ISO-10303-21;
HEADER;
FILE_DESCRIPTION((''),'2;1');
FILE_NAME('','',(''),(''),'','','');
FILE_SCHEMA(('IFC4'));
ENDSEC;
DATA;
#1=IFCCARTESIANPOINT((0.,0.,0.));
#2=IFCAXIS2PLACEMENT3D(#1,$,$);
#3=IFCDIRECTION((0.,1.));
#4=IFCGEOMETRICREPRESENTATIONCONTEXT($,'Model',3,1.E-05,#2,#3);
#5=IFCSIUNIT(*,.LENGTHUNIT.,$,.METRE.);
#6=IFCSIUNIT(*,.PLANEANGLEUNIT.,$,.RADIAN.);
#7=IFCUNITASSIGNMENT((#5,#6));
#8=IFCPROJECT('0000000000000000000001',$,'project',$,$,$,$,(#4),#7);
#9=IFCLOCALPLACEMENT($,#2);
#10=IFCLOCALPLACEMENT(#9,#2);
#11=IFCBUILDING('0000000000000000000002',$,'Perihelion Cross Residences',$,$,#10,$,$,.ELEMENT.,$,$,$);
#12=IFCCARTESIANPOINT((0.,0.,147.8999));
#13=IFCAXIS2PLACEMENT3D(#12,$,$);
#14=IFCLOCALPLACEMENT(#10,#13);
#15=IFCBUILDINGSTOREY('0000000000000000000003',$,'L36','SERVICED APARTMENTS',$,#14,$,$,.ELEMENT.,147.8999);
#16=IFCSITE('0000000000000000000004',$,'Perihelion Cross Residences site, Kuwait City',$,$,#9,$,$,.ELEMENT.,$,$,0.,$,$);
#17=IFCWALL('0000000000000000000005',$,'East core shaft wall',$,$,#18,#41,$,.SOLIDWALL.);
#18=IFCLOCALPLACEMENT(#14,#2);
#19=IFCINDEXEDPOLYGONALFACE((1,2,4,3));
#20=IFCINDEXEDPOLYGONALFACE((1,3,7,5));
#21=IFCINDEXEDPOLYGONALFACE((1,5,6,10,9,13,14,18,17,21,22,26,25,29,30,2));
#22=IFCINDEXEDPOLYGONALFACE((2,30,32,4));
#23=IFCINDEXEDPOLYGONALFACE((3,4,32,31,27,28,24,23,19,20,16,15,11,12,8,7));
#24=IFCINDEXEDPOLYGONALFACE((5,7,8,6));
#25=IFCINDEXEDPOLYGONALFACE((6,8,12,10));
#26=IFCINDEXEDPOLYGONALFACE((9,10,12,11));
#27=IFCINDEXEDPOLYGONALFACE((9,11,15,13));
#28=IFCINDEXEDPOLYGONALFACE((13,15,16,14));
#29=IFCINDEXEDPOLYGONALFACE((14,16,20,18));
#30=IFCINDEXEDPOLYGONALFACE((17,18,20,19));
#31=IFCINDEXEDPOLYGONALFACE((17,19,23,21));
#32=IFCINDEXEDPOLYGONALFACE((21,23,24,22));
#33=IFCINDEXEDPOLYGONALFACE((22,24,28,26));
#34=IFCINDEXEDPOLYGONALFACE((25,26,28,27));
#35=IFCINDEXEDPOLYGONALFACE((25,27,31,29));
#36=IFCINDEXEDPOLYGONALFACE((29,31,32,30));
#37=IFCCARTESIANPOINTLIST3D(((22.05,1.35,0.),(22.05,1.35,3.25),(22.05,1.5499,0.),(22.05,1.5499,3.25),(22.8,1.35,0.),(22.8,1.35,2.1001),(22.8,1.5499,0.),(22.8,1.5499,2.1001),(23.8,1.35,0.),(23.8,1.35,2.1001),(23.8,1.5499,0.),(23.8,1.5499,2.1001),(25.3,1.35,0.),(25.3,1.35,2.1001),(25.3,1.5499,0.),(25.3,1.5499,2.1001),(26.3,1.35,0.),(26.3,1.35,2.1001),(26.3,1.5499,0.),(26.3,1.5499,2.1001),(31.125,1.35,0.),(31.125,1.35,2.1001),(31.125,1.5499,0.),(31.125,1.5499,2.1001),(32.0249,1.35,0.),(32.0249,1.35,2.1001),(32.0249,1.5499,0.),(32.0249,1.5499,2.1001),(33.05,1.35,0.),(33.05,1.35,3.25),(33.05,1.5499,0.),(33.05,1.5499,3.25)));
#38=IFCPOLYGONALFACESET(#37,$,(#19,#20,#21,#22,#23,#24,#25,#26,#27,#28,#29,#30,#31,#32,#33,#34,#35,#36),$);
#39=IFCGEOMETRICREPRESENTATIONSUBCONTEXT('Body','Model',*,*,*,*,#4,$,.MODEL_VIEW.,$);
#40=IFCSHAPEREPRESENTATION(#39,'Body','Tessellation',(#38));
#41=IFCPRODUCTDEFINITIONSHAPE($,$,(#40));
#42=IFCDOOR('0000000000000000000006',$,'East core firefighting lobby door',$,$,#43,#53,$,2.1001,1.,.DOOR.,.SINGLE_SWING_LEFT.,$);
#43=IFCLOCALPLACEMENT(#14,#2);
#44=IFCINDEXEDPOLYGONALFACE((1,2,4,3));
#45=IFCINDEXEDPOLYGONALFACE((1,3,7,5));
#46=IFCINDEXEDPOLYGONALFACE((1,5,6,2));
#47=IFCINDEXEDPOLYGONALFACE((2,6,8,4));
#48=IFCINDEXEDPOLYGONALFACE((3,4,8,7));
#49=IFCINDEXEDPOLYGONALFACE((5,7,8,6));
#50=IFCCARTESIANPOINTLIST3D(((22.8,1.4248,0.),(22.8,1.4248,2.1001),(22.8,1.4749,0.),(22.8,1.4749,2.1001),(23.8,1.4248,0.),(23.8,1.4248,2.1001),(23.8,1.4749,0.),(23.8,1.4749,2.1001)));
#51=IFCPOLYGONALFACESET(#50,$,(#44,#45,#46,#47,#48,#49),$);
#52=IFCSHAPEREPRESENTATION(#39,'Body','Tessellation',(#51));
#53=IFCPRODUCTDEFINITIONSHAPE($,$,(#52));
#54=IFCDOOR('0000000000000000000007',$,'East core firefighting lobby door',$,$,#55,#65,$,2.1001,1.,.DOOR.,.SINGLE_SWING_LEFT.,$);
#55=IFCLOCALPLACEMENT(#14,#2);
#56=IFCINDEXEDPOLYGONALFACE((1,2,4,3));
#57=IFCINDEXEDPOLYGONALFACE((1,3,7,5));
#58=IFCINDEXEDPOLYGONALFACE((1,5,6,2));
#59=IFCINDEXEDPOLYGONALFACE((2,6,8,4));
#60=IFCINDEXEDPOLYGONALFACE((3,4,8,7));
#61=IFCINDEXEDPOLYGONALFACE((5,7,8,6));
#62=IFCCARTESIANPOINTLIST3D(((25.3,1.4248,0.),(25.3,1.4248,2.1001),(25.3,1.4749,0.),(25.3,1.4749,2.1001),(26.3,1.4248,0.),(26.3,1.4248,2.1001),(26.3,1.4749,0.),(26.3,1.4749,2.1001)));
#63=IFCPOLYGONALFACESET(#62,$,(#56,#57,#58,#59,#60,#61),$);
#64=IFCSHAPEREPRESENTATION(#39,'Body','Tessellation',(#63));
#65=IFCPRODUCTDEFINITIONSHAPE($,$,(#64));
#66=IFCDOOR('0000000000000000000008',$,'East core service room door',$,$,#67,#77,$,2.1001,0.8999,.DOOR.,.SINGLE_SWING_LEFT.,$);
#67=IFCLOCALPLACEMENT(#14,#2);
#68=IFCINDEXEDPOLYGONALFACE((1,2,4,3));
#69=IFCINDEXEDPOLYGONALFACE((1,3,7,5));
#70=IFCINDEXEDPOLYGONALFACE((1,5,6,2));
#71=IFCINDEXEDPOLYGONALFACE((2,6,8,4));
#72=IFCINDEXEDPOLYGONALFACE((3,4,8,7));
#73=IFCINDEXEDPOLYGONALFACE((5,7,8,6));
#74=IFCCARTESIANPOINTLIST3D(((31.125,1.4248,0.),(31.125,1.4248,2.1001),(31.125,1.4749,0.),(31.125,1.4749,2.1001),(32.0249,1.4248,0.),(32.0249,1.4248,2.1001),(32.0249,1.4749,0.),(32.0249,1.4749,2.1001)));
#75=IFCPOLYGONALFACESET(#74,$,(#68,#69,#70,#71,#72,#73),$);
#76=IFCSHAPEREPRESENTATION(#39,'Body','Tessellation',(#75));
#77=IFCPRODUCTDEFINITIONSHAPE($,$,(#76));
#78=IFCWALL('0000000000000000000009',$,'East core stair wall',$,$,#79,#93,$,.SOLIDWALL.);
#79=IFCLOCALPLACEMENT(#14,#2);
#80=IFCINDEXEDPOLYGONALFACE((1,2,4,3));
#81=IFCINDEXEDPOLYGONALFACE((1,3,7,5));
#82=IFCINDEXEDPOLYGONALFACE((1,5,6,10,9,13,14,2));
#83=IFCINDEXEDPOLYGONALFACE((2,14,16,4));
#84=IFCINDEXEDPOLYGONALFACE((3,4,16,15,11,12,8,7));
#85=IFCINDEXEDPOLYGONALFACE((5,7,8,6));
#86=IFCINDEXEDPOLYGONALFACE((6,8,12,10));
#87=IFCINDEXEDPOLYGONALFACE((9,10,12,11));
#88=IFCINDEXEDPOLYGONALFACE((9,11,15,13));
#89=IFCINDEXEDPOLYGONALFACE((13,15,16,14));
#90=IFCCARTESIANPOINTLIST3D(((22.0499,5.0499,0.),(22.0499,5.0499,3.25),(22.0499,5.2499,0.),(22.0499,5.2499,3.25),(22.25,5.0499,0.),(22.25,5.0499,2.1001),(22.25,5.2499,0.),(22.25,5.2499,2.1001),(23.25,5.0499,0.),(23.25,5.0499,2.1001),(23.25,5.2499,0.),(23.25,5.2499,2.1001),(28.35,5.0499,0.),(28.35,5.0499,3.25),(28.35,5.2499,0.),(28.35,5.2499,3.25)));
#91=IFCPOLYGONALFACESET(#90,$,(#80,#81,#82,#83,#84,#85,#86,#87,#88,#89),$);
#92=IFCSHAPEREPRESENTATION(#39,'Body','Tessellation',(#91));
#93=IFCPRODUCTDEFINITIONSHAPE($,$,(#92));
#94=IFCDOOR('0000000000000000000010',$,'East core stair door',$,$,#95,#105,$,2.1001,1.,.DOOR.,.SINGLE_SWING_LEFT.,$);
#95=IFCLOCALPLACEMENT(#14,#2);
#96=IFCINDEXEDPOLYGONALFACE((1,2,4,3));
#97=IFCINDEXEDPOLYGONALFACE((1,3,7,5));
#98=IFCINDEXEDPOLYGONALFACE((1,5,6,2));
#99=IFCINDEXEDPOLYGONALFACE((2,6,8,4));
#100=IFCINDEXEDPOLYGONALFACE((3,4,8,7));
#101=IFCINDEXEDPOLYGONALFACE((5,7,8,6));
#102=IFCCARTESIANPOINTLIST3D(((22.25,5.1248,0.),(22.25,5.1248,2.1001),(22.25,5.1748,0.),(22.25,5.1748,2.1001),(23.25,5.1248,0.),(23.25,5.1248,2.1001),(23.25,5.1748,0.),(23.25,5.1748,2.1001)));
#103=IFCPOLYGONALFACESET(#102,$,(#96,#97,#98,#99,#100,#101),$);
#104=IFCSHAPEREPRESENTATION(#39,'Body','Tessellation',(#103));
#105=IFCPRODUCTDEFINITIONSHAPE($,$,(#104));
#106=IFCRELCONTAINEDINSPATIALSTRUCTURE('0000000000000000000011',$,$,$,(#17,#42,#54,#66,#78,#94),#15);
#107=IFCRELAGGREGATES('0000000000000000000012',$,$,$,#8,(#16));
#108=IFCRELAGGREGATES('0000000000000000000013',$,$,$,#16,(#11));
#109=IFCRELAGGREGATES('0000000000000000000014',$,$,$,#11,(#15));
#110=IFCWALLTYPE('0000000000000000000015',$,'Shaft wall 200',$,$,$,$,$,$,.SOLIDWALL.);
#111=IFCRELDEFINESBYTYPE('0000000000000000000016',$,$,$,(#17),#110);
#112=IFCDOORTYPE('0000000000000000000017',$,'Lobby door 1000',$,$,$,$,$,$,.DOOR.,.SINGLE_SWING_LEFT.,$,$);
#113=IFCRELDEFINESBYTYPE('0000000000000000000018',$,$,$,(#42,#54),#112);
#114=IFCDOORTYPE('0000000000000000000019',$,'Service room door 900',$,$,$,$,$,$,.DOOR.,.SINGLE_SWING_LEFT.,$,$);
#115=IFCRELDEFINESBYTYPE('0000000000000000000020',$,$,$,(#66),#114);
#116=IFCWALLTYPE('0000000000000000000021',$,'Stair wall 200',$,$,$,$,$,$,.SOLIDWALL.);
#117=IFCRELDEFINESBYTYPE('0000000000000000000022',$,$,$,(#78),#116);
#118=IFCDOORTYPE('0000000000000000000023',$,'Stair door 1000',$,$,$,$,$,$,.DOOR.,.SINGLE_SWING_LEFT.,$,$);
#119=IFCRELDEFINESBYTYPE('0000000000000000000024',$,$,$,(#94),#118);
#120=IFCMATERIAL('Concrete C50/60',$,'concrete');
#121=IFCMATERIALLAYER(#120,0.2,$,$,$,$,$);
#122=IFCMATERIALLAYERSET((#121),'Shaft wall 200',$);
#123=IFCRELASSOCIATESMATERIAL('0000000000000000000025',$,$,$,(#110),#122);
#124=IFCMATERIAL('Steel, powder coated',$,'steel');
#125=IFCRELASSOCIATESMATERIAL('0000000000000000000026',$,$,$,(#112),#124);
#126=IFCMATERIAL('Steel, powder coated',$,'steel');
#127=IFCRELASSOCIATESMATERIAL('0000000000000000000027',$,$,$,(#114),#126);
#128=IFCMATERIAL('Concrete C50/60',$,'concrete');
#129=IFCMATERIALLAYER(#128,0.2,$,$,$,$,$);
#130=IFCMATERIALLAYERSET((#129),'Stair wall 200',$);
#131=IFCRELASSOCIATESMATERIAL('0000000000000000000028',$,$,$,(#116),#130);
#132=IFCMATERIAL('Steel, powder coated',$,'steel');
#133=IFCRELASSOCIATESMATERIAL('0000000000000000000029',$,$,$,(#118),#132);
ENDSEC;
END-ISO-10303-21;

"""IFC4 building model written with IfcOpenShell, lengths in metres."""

from ifc_helpers import new_model, si_unit, direction, frame, frame_2d, origin, place, context, subcontext, project, spatial, rectangle, extrude, material, layer, layer_set, type_object, element, fill, save


model = new_model("IFC4")

# Units and contexts
model_context = context("Model", 3, precision=1e-05, world=origin(), true_north=direction((0.0, 1.0)))
body_context = subcontext(model_context, "Body", "Model", "MODEL_VIEW")
ifc_project = project(units=[si_unit("LENGTHUNIT", "METRE"), si_unit("PLANEANGLEUNIT", "RADIAN")], contexts=[model_context])

# Site, building, storey
site_placement = place(None, origin())
site = spatial("IfcSite", under=ifc_project, at=site_placement, Name="Perihelion Cross Residences site, Kuwait City", CompositionType="ELEMENT", RefElevation=0.0)
building_placement = place(site_placement, origin())
building = spatial("IfcBuilding", under=site, at=building_placement, Name="Perihelion Cross Residences", CompositionType="ELEMENT")
storey_placement = place(building_placement, frame((0.0, 0.0, 147.8999)))
storey = spatial("IfcBuildingStorey", under=building, at=storey_placement, Name="L36", Description="SERVICED APARTMENTS", CompositionType="ELEMENT", Elevation=147.8999)

# Wall, openings, doors
ifc_material_1 = material(Name="Concrete C50/60", Category="concrete")
ifc_layer_1 = layer(ifc_material_1, 0.2)
ifc_layer_set_1 = layer_set([ifc_layer_1], Name="Shaft wall 200")
wall_type_1 = type_object("IfcWallType", Name="Shaft wall 200", PredefinedType="SOLIDWALL", material=ifc_layer_set_1)
wall_1_placement = place(storey_placement, frame((22.05, 1.45, 0.0), z_axis=(0.0, 0.0, 1.0), x_axis=(1.0, 0.0, 0.0)))
wall_1 = element("IfcWall", 1, at=wall_1_placement, inside=storey, type_object=wall_type_1, Name="East core shaft wall", PredefinedType="SOLIDWALL", context=body_context, shape_type="SweptSolid", body=[
    extrude(rectangle(XDim=11.0, YDim=0.2, at=frame_2d((5.5, 0.0))), origin(), (0.0, 0.0, 1.0), 3.25),
])
opening_1_placement = place(wall_1_placement, frame((0.75, 0.0, 0.0)))
opening_1 = element("IfcOpeningElement", 2, at=opening_1_placement, cuts=wall_1, PredefinedType="OPENING", context=body_context, shape_type="SweptSolid", body=[
    extrude(rectangle(XDim=1.0, YDim=2.1001, at=frame_2d((0.5, 1.05))), frame((0.0, 0.1099, 0.0), z_axis=(0.0, -1.0, 0.0), x_axis=(1.0, 0.0, 0.0)), (0.0, 0.0, 1.0), 0.22),
])
opening_2_placement = place(wall_1_placement, frame((3.25, 0.0, 0.0)))
opening_2 = element("IfcOpeningElement", 3, at=opening_2_placement, cuts=wall_1, PredefinedType="OPENING", context=body_context, shape_type="SweptSolid", body=[
    extrude(rectangle(XDim=1.0, YDim=2.1001, at=frame_2d((0.5, 1.05))), frame((0.0, 0.1099, 0.0), z_axis=(0.0, -1.0, 0.0), x_axis=(1.0, 0.0, 0.0)), (0.0, 0.0, 1.0), 0.22),
])
opening_3_placement = place(wall_1_placement, frame((9.075, 0.0, 0.0)))
opening_3 = element("IfcOpeningElement", 4, at=opening_3_placement, cuts=wall_1, PredefinedType="OPENING", context=body_context, shape_type="SweptSolid", body=[
    extrude(rectangle(XDim=0.8999, YDim=2.1001, at=frame_2d((0.45, 1.05))), frame((0.0, 0.1099, 0.0), z_axis=(0.0, -1.0, 0.0), x_axis=(1.0, 0.0, 0.0)), (0.0, 0.0, 1.0), 0.22),
])
ifc_material_2 = material(Name="Steel, powder coated", Category="steel")
door_type_1 = type_object("IfcDoorType", Name="Lobby door 1000", OperationType="SINGLE_SWING_LEFT", PredefinedType="DOOR", material=ifc_material_2)
door_1_placement = place(opening_1_placement, origin())
door_1 = element("IfcDoor", 5, at=door_1_placement, inside=storey, type_object=door_type_1, Name="East core firefighting lobby door", OperationType="SINGLE_SWING_LEFT", OverallHeight=2.1001, OverallWidth=1.0, PredefinedType="DOOR", context=body_context, shape_type="SweptSolid", body=[
    extrude(rectangle(XDim=1.0, YDim=2.1001, at=frame_2d((0.5, 1.05))), frame((0.0, 0.0249, 0.0), z_axis=(0.0, -1.0, 0.0), x_axis=(1.0, 0.0, 0.0)), (0.0, 0.0, 1.0), 0.05),
])
fill(opening_1, door_1)
door_2_placement = place(opening_2_placement, origin())
door_2 = element("IfcDoor", 6, at=door_2_placement, inside=storey, type_object=door_type_1, Name="East core firefighting lobby door", OperationType="SINGLE_SWING_LEFT", OverallHeight=2.1001, OverallWidth=1.0, PredefinedType="DOOR", context=body_context, shape_type="SweptSolid", body=[
    extrude(rectangle(XDim=1.0, YDim=2.1001, at=frame_2d((0.5, 1.05))), frame((0.0, 0.0249, 0.0), z_axis=(0.0, -1.0, 0.0), x_axis=(1.0, 0.0, 0.0)), (0.0, 0.0, 1.0), 0.05),
])
fill(opening_2, door_2)
ifc_material_3 = material(Name="Steel, powder coated", Category="steel")
door_type_2 = type_object("IfcDoorType", Name="Service room door 900", OperationType="SINGLE_SWING_LEFT", PredefinedType="DOOR", material=ifc_material_3)
door_3_placement = place(opening_3_placement, origin())
door_3 = element("IfcDoor", 7, at=door_3_placement, inside=storey, type_object=door_type_2, Name="East core service room door", OperationType="SINGLE_SWING_LEFT", OverallHeight=2.1001, OverallWidth=0.8999, PredefinedType="DOOR", context=body_context, shape_type="SweptSolid", body=[
    extrude(rectangle(XDim=0.8999, YDim=2.1001, at=frame_2d((0.45, 1.05))), frame((0.0, 0.0249, 0.0), z_axis=(0.0, -1.0, 0.0), x_axis=(1.0, 0.0, 0.0)), (0.0, 0.0, 1.0), 0.05),
])
fill(opening_3, door_3)

# Wall, opening, door
ifc_material_4 = material(Name="Concrete C50/60", Category="concrete")
ifc_layer_2 = layer(ifc_material_4, 0.2)
ifc_layer_set_2 = layer_set([ifc_layer_2], Name="Stair wall 200")
wall_type_2 = type_object("IfcWallType", Name="Stair wall 200", PredefinedType="SOLIDWALL", material=ifc_layer_set_2)
wall_2_placement = place(storey_placement, frame((22.05, 5.1499, 0.0), z_axis=(0.0, 0.0, 1.0), x_axis=(1.0, 0.0, 0.0)))
wall_2 = element("IfcWall", 8, at=wall_2_placement, inside=storey, type_object=wall_type_2, Name="East core stair wall", PredefinedType="SOLIDWALL", context=body_context, shape_type="SweptSolid", body=[
    extrude(rectangle(XDim=6.3, YDim=0.2, at=frame_2d((3.1499, 0.0))), origin(), (0.0, 0.0, 1.0), 3.25),
])
opening_4_placement = place(wall_2_placement, frame((0.2, 0.0, 0.0)))
opening_4 = element("IfcOpeningElement", 9, at=opening_4_placement, cuts=wall_2, PredefinedType="OPENING", context=body_context, shape_type="SweptSolid", body=[
    extrude(rectangle(XDim=1.0, YDim=2.1001, at=frame_2d((0.5, 1.05))), frame((0.0, 0.1099, 0.0), z_axis=(0.0, -1.0, 0.0), x_axis=(1.0, 0.0, 0.0)), (0.0, 0.0, 1.0), 0.22),
])
ifc_material_5 = material(Name="Steel, powder coated", Category="steel")
door_type_3 = type_object("IfcDoorType", Name="Stair door 1000", OperationType="SINGLE_SWING_LEFT", PredefinedType="DOOR", material=ifc_material_5)
door_4_placement = place(opening_4_placement, origin())
door_4 = element("IfcDoor", 10, at=door_4_placement, inside=storey, type_object=door_type_3, Name="East core stair door", OperationType="SINGLE_SWING_LEFT", OverallHeight=2.1001, OverallWidth=1.0, PredefinedType="DOOR", context=body_context, shape_type="SweptSolid", body=[
    extrude(rectangle(XDim=1.0, YDim=2.1001, at=frame_2d((0.5, 1.05))), frame((0.0, 0.0249, 0.0), z_axis=(0.0, -1.0, 0.0), x_axis=(1.0, 0.0, 0.0)), (0.0, 0.0, 1.0), 0.05),
])
fill(opening_4, door_4)

save(model, "model.ifc")
